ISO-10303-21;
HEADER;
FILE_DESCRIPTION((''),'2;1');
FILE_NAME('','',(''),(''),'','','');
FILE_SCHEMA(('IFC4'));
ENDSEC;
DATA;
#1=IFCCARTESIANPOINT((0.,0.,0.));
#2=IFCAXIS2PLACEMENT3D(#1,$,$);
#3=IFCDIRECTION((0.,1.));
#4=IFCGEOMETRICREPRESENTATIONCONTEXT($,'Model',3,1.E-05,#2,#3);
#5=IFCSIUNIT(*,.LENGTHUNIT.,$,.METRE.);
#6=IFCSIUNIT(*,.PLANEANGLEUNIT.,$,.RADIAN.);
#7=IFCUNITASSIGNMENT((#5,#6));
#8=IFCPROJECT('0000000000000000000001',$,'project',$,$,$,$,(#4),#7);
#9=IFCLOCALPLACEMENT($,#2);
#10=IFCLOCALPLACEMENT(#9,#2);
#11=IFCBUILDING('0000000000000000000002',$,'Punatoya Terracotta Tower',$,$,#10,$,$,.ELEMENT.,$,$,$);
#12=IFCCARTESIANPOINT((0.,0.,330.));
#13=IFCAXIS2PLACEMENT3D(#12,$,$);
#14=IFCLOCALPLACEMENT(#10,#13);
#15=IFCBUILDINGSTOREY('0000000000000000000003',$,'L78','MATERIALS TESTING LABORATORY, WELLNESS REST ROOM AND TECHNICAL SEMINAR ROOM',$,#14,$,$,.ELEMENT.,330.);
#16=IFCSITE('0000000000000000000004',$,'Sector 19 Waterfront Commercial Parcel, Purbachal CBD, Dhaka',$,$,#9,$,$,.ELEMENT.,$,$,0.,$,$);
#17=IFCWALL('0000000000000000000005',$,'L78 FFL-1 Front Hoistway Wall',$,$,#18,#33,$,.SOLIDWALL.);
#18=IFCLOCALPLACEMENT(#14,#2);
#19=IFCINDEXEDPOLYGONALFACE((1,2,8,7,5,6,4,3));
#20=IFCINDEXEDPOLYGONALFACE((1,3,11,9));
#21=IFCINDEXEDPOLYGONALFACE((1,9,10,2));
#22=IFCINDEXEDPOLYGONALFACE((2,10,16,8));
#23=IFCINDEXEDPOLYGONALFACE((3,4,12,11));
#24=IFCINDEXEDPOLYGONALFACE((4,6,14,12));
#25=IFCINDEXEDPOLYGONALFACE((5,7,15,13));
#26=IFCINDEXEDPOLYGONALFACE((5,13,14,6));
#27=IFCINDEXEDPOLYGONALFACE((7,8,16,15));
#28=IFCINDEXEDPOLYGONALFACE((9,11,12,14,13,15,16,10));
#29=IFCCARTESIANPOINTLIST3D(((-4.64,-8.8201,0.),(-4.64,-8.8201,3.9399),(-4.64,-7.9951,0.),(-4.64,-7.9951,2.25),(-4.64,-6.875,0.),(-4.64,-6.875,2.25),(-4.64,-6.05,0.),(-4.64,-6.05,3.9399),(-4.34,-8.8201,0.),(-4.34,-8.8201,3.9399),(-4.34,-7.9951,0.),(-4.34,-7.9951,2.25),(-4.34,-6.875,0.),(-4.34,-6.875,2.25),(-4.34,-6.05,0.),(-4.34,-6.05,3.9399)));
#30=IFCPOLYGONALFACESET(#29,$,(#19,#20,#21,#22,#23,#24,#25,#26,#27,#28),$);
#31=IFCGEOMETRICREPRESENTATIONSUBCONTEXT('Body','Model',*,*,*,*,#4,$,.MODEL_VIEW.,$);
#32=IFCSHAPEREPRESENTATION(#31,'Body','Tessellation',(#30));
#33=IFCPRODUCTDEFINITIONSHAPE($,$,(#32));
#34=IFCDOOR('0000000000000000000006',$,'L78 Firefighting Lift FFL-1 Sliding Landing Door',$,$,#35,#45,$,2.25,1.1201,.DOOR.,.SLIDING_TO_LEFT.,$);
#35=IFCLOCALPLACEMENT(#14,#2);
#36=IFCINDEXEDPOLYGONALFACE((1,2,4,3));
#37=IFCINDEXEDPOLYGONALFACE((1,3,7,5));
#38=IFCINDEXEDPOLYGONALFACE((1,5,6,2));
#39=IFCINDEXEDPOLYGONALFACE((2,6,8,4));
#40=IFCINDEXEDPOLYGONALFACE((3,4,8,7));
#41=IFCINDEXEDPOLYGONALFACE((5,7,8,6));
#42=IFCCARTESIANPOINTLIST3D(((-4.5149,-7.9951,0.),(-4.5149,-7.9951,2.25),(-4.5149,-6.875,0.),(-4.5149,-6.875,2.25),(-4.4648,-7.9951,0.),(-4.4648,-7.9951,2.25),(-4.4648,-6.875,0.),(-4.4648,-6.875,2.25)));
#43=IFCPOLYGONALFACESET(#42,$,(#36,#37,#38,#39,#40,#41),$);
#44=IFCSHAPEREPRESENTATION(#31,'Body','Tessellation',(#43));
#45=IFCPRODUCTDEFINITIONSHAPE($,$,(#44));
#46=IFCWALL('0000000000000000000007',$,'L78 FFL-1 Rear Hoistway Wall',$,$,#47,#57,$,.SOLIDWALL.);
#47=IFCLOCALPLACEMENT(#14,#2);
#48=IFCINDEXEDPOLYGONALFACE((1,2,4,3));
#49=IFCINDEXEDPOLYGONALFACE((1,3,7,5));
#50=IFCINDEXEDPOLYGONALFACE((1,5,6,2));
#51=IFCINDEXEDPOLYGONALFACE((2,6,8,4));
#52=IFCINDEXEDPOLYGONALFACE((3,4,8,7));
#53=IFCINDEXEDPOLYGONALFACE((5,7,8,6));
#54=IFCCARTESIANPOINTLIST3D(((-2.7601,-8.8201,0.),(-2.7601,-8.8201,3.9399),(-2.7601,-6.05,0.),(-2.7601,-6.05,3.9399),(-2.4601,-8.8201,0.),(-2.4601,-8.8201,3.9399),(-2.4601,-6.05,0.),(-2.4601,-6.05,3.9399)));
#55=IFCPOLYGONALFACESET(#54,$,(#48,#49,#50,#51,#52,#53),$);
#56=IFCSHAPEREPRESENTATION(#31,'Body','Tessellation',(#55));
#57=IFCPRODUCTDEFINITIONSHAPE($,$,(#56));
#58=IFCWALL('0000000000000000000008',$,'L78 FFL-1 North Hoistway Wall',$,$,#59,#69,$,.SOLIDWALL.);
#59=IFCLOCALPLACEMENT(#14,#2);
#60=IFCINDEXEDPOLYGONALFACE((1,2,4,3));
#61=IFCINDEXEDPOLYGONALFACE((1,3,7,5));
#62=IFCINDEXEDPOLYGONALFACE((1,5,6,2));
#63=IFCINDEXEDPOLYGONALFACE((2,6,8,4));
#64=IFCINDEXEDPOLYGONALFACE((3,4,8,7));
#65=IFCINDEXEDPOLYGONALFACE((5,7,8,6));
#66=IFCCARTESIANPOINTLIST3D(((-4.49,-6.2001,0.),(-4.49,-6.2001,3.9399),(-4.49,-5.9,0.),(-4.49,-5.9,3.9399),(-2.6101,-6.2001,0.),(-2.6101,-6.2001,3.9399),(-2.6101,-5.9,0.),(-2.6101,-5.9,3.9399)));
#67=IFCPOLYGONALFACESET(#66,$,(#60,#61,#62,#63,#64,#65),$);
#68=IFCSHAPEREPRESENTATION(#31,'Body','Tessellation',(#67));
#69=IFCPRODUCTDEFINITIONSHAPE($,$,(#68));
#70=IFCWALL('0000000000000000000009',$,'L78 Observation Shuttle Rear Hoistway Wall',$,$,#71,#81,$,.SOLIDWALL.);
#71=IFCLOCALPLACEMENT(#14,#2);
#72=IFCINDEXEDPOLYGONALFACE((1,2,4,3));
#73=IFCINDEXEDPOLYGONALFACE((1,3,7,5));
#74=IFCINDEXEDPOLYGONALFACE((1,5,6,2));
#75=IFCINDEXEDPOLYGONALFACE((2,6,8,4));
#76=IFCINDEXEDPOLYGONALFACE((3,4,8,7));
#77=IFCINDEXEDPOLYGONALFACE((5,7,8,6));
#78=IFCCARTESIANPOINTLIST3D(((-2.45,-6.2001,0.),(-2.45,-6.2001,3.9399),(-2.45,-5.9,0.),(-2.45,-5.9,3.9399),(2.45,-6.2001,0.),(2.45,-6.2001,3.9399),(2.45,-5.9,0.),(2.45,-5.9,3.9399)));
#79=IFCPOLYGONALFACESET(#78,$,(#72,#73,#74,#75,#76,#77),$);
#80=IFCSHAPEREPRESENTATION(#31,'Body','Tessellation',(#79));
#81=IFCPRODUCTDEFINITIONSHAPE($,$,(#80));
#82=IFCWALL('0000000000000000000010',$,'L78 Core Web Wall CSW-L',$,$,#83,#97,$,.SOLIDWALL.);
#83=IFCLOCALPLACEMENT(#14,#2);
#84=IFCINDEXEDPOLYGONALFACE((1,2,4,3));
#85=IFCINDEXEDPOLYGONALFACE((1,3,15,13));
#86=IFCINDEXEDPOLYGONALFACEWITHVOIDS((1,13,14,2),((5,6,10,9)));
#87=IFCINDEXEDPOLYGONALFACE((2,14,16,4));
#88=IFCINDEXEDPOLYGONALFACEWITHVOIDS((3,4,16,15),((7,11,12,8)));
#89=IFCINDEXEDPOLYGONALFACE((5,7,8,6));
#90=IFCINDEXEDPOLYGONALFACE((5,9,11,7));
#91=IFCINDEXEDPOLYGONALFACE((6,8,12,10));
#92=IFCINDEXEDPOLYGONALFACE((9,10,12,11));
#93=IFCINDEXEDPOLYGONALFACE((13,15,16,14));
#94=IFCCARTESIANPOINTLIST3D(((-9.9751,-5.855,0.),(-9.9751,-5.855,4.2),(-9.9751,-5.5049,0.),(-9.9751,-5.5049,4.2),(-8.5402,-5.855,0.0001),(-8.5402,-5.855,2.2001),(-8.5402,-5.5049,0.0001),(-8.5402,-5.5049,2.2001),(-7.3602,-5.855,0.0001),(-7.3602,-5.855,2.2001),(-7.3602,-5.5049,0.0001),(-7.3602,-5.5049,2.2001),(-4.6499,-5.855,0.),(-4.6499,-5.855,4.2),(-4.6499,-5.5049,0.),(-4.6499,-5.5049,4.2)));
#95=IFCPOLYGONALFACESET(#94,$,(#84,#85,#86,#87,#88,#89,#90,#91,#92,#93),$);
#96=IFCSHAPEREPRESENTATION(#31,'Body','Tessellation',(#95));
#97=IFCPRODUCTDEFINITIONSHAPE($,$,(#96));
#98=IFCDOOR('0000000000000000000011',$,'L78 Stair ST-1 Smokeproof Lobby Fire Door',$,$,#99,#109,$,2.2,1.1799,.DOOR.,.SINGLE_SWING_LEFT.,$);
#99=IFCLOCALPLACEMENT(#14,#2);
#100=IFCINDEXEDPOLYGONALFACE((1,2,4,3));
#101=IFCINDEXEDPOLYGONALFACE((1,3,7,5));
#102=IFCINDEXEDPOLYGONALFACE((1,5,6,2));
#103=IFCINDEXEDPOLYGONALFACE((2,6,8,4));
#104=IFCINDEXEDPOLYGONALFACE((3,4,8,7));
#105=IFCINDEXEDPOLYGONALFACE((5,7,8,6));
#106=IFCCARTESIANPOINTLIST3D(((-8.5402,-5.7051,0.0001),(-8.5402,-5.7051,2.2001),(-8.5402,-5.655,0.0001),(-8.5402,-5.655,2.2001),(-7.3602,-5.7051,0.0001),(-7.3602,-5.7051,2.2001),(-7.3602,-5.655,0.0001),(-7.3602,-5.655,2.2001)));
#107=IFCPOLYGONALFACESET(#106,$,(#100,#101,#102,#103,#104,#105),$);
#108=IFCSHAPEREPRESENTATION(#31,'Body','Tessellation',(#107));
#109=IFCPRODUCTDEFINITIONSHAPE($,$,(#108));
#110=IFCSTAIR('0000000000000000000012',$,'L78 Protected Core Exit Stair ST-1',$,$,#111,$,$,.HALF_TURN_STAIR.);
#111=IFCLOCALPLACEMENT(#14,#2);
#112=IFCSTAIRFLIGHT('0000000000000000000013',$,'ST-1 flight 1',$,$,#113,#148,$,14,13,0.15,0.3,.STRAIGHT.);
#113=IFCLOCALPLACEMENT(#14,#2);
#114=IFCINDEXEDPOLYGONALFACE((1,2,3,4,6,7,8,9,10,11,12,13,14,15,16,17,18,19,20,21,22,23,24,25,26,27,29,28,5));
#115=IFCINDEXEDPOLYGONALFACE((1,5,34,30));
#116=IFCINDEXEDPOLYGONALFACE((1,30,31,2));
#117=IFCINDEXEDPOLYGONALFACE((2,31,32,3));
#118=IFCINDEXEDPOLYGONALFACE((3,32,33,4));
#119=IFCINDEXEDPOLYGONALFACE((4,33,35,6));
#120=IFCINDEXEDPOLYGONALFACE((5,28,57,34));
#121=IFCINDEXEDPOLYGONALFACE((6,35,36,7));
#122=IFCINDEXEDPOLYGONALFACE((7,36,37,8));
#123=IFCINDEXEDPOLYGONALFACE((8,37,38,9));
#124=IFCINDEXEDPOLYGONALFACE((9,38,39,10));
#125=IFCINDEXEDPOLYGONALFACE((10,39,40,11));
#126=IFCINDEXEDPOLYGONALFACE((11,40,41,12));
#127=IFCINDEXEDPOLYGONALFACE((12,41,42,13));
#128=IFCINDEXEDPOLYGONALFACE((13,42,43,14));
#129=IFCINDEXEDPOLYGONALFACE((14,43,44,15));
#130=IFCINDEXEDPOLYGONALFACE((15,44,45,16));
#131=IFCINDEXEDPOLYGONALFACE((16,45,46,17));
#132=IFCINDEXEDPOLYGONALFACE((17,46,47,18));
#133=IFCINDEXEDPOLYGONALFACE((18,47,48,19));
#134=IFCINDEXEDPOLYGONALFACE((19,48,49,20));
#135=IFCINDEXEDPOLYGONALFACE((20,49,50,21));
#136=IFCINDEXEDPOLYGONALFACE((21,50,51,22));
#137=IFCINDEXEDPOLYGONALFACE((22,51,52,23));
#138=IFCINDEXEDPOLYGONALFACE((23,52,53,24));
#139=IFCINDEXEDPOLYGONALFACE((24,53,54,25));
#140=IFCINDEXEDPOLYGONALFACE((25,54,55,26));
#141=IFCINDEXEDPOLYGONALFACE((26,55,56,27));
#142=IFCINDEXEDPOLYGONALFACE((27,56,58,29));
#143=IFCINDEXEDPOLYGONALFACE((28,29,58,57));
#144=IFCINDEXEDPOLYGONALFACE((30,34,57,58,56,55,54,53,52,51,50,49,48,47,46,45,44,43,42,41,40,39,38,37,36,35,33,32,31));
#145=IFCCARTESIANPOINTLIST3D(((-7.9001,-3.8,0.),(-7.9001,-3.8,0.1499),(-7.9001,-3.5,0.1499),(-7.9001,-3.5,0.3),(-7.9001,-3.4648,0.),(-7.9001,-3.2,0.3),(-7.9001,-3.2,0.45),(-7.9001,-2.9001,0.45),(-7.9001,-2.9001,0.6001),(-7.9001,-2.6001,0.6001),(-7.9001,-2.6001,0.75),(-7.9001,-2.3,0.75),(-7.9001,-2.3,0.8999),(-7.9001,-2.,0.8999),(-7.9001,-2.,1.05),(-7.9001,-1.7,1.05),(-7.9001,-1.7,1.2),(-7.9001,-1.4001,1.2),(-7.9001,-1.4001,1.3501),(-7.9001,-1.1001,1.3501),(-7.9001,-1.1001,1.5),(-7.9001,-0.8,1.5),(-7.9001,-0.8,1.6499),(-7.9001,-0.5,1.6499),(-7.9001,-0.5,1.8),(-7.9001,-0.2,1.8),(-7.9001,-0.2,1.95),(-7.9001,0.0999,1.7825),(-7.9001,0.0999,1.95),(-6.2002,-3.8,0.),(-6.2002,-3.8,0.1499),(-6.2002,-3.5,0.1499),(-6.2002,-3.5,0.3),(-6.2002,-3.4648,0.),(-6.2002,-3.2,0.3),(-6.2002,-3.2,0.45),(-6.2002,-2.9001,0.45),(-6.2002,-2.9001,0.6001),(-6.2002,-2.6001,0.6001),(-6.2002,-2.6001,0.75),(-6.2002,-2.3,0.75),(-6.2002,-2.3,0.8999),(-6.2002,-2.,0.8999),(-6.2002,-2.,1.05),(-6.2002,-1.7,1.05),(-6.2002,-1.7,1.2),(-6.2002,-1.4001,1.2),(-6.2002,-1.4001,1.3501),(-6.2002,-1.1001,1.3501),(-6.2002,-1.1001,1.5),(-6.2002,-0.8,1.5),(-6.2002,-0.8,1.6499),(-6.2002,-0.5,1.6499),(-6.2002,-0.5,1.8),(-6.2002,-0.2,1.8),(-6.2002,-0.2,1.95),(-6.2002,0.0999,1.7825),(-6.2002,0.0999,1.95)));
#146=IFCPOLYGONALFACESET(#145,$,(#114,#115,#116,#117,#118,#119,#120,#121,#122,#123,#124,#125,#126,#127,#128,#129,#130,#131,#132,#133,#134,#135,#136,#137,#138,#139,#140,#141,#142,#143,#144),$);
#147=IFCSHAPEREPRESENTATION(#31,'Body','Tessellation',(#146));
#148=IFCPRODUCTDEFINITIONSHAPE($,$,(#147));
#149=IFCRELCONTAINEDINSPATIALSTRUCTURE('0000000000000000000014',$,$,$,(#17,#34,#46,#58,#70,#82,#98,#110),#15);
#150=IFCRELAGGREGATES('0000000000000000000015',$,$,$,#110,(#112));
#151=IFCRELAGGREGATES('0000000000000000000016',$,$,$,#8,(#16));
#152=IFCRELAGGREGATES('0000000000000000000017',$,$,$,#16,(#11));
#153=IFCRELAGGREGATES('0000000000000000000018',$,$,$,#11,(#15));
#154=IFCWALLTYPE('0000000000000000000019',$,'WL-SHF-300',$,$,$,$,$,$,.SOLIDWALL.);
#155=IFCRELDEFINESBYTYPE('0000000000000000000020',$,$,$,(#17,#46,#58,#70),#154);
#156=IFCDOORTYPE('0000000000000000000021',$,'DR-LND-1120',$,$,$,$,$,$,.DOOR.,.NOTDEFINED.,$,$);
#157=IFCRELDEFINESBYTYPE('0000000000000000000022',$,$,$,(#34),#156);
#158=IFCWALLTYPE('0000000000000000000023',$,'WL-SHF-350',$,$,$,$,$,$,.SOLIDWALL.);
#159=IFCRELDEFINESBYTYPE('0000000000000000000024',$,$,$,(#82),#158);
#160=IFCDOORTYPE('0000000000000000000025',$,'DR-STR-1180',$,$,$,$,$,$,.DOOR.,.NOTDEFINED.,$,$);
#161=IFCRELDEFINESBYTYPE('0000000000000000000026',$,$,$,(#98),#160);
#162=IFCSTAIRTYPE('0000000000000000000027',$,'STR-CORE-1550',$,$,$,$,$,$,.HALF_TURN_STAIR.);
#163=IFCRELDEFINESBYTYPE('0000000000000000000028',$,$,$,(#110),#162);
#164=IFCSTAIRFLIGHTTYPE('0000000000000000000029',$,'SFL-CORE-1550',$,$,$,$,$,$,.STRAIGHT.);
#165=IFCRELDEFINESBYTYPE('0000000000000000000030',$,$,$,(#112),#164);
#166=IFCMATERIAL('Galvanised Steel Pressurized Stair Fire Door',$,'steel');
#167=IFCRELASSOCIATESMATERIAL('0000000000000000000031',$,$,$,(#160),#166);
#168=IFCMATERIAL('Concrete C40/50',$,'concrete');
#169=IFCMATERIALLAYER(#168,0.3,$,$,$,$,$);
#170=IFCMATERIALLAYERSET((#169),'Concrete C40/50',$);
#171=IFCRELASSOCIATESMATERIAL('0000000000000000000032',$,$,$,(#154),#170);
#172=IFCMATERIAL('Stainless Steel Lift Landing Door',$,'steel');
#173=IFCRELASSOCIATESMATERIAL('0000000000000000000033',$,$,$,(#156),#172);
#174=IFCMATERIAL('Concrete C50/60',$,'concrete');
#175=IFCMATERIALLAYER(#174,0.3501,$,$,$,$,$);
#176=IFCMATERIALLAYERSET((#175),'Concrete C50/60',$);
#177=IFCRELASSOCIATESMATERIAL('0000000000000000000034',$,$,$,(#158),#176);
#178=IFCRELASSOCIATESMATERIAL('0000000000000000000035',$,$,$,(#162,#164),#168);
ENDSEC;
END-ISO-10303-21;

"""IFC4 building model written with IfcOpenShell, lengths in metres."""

from ifc_helpers import new_model, si_unit, direction, frame, frame_2d, origin, place, context, subcontext, project, spatial, polyline, rectangle, outline, extrude, material, layer, layer_set, type_object, element, fill, aggregate, save


model = new_model("IFC4")

# Units and contexts
model_context = context("Model", 3, precision=1e-05, world=origin(), true_north=direction((0.0, 1.0)))
body_context = subcontext(model_context, "Body", "Model", "MODEL_VIEW")
ifc_project = project(units=[si_unit("LENGTHUNIT", "METRE"), si_unit("PLANEANGLEUNIT", "RADIAN")], contexts=[model_context])

# Site, building, storey
site_placement = place(None, origin())
site = spatial("IfcSite", under=ifc_project, at=site_placement, Name="Sector 19 Waterfront Commercial Parcel, Purbachal CBD, Dhaka", CompositionType="ELEMENT", RefElevation=0.0)
building_placement = place(site_placement, origin())
building = spatial("IfcBuilding", under=site, at=building_placement, Name="Punatoya Terracotta Tower", CompositionType="ELEMENT")
storey_placement = place(building_placement, frame((0.0, 0.0, 330.0)))
storey = spatial("IfcBuildingStorey", under=building, at=storey_placement, Name="L78", Description="MATERIALS TESTING LABORATORY, WELLNESS REST ROOM AND TECHNICAL SEMINAR ROOM", CompositionType="ELEMENT", Elevation=330.0)

# Shared definitions
ifc_material_1 = material(Name="Concrete C50/60", Category="concrete")

# Shared definitions
ifc_material_2 = material(Name="Galvanised Steel Pressurized Stair Fire Door", Category="steel")
door_type_1 = type_object("IfcDoorType", Name="DR-STR-1180", OperationType="NOTDEFINED", PredefinedType="DOOR", material=ifc_material_2)

# Shared definitions
ifc_material_3 = material(Name="Concrete C40/50", Category="concrete")

# Shared definitions
ifc_layer_1 = layer(ifc_material_3, 0.3)
ifc_layer_set_1 = layer_set([ifc_layer_1], Name="Concrete C40/50")
wall_type_1 = type_object("IfcWallType", Name="WL-SHF-300", PredefinedType="SOLIDWALL", material=ifc_layer_set_1)

# Wall, opening, door
wall_1_placement = place(storey_placement, frame((-4.49, -8.8201, 0.0), z_axis=(0.0, 0.0, 1.0), x_axis=(0.0, 1.0, 0.0)))
wall_1 = element("IfcWall", 1, at=wall_1_placement, inside=storey, type_object=wall_type_1, Name="L78 FFL-1 Front Hoistway Wall", PredefinedType="SOLIDWALL", context=body_context, shape_type="SweptSolid", body=[
    extrude(rectangle(XDim=2.77, YDim=0.3, at=frame_2d((1.385, 0.0))), origin(), (0.0, 0.0, 1.0), 3.9399),
])
opening_1_placement = place(wall_1_placement, frame((0.825, 0.0, 0.0)))
opening_1 = element("IfcOpeningElement", 2, at=opening_1_placement, cuts=wall_1, PredefinedType="OPENING", context=body_context, shape_type="SweptSolid", body=[
    extrude(rectangle(XDim=1.1201, YDim=2.25, at=frame_2d((0.5601, 1.125))), frame((0.0, 0.1599, 0.0), z_axis=(0.0, -1.0, 0.0), x_axis=(1.0, 0.0, 0.0)), (0.0, 0.0, 1.0), 0.3201),
])
ifc_material_4 = material(Name="Stainless Steel Lift Landing Door", Category="steel")
door_type_2 = type_object("IfcDoorType", Name="DR-LND-1120", OperationType="NOTDEFINED", PredefinedType="DOOR", material=ifc_material_4)
door_1_placement = place(opening_1_placement, origin())
door_1 = element("IfcDoor", 3, at=door_1_placement, inside=storey, type_object=door_type_2, Name="L78 Firefighting Lift FFL-1 Sliding Landing Door", OperationType="SLIDING_TO_LEFT", OverallHeight=2.25, OverallWidth=1.1201, PredefinedType="DOOR", context=body_context, shape_type="SweptSolid", body=[
    extrude(rectangle(XDim=1.1201, YDim=2.25, at=frame_2d((0.5601, 1.125))), frame((0.0, 0.0249, 0.0), z_axis=(0.0, -1.0, 0.0), x_axis=(1.0, 0.0, 0.0)), (0.0, 0.0, 1.0), 0.05),
])
fill(opening_1, door_1)

# Walls
wall_2_placement = place(storey_placement, frame((-2.6101, -8.8201, 0.0), z_axis=(0.0, 0.0, 1.0), x_axis=(0.0, 1.0, 0.0)))
element("IfcWall", 4, at=wall_2_placement, inside=storey, type_object=wall_type_1, Name="L78 FFL-1 Rear Hoistway Wall", PredefinedType="SOLIDWALL", context=body_context, shape_type="SweptSolid", body=[
    extrude(rectangle(XDim=2.77, YDim=0.3, at=frame_2d((1.385, 0.0))), origin(), (0.0, 0.0, 1.0), 3.9399),
])
wall_3_placement = place(storey_placement, frame((-4.49, -6.05, 0.0), z_axis=(0.0, 0.0, 1.0), x_axis=(1.0, 0.0, 0.0)))
element("IfcWall", 5, at=wall_3_placement, inside=storey, type_object=wall_type_1, Name="L78 FFL-1 North Hoistway Wall", PredefinedType="SOLIDWALL", context=body_context, shape_type="SweptSolid", body=[
    extrude(rectangle(XDim=1.8799, YDim=0.3, at=frame_2d((0.9399, 0.0))), origin(), (0.0, 0.0, 1.0), 3.9399),
])
wall_4_placement = place(storey_placement, frame((-2.45, -6.05, 0.0), z_axis=(0.0, 0.0, 1.0), x_axis=(1.0, 0.0, 0.0)))
element("IfcWall", 6, at=wall_4_placement, inside=storey, type_object=wall_type_1, Name="L78 Observation Shuttle Rear Hoistway Wall", PredefinedType="SOLIDWALL", context=body_context, shape_type="SweptSolid", body=[
    extrude(rectangle(XDim=4.8999, YDim=0.3, at=frame_2d((2.45, 0.0))), origin(), (0.0, 0.0, 1.0), 3.9399),
])

# Wall, opening, door
ifc_layer_2 = layer(ifc_material_1, 0.3501)
ifc_layer_set_2 = layer_set([ifc_layer_2], Name="Concrete C50/60")
wall_type_2 = type_object("IfcWallType", Name="WL-SHF-350", PredefinedType="SOLIDWALL", material=ifc_layer_set_2)
wall_5_placement = place(storey_placement, frame((-9.9751, -5.6799, 0.0), z_axis=(0.0, 0.0, 1.0), x_axis=(1.0, 0.0, 0.0)))
wall_5 = element("IfcWall", 7, at=wall_5_placement, inside=storey, type_object=wall_type_2, Name="L78 Core Web Wall CSW-L", PredefinedType="SOLIDWALL", context=body_context, shape_type="SweptSolid", body=[
    extrude(rectangle(XDim=5.3252, YDim=0.3501, at=frame_2d((2.6626, 0.0))), origin(), (0.0, 0.0, 1.0), 4.2),
])
opening_2_placement = place(wall_5_placement, frame((1.4351, 0.0, 0.0)))
opening_2 = element("IfcOpeningElement", 8, at=opening_2_placement, cuts=wall_5, PredefinedType="OPENING", context=body_context, shape_type="SweptSolid", body=[
    extrude(rectangle(XDim=1.1799, YDim=2.2, at=frame_2d((0.5898, 1.1001))), frame((0.0, 0.1851, 0.0), z_axis=(0.0, -1.0, 0.0), x_axis=(1.0, 0.0, 0.0)), (0.0, 0.0, 1.0), 0.3701),
])
door_2_placement = place(opening_2_placement, origin())
door_2 = element("IfcDoor", 9, at=door_2_placement, inside=storey, type_object=door_type_1, Name="L78 Stair ST-1 Smokeproof Lobby Fire Door", OperationType="SINGLE_SWING_LEFT", OverallHeight=2.2, OverallWidth=1.1799, PredefinedType="DOOR", context=body_context, shape_type="SweptSolid", body=[
    extrude(rectangle(XDim=1.1799, YDim=2.2, at=frame_2d((0.5898, 1.1001))), frame((0.0, 0.0249, 0.0), z_axis=(0.0, -1.0, 0.0), x_axis=(1.0, 0.0, 0.0)), (0.0, 0.0, 1.0), 0.05),
])
fill(opening_2, door_2)

# Stair, stair flight
stair_type = type_object("IfcStairType", Name="STR-CORE-1550", PredefinedType="HALF_TURN_STAIR", material=ifc_material_3)
stair_placement = place(storey_placement, origin())
stair = element("IfcStair", 10, at=stair_placement, inside=storey, type_object=stair_type, Name="L78 Protected Core Exit Stair ST-1", PredefinedType="HALF_TURN_STAIR")
stair_flight_type = type_object("IfcStairFlightType", Name="SFL-CORE-1550", PredefinedType="STRAIGHT", material=ifc_material_3)
stair_flight_placement = place(storey_placement, frame((-7.05, -3.8, 0.0), z_axis=(0.0, 0.0, 1.0), x_axis=(0.0, 1.0, 0.0)))
stair_flight = element("IfcStairFlight", 11, at=stair_flight_placement, type_object=stair_flight_type, Name="ST-1 flight 1", NumberOfRisers=14, NumberOfTreads=13, PredefinedType="STRAIGHT", RiserHeight=0.15, TreadLength=0.3, context=body_context, shape_type="SweptSolid", body=[
    extrude(outline(polyline([(0.0, 0.0), (0.0, 0.1499), (0.3, 0.1499), (0.3, 0.3), (0.6001, 0.3), (0.6001, 0.45), (0.8999, 0.45), (0.8999, 0.6001), (1.2, 0.6001), (1.2, 0.75), (1.5, 0.75), (1.5, 0.8999), (1.8, 0.8999), (1.8, 1.05), (2.1001, 1.05), (2.1001, 1.2), (2.3999, 1.2), (2.3999, 1.3501), (2.7, 1.3501), (2.7, 1.5), (3.0, 1.5), (3.0, 1.6499), (3.3, 1.6499), (3.3, 1.8), (3.6001, 1.8), (3.6001, 1.95), (3.8999, 1.95), (3.8999, 2.1001), (3.8999, 1.7825), (0.3352, 0.0), (0.0, 0.0)])), frame((0.0, 0.8501, 0.0), z_axis=(0.0, -1.0, 0.0), x_axis=(1.0, 0.0, 0.0)), (0.0, 0.0, 1.0), 1.7),
])
aggregate(stair, [stair_flight])

save(model, "model.ifc")
